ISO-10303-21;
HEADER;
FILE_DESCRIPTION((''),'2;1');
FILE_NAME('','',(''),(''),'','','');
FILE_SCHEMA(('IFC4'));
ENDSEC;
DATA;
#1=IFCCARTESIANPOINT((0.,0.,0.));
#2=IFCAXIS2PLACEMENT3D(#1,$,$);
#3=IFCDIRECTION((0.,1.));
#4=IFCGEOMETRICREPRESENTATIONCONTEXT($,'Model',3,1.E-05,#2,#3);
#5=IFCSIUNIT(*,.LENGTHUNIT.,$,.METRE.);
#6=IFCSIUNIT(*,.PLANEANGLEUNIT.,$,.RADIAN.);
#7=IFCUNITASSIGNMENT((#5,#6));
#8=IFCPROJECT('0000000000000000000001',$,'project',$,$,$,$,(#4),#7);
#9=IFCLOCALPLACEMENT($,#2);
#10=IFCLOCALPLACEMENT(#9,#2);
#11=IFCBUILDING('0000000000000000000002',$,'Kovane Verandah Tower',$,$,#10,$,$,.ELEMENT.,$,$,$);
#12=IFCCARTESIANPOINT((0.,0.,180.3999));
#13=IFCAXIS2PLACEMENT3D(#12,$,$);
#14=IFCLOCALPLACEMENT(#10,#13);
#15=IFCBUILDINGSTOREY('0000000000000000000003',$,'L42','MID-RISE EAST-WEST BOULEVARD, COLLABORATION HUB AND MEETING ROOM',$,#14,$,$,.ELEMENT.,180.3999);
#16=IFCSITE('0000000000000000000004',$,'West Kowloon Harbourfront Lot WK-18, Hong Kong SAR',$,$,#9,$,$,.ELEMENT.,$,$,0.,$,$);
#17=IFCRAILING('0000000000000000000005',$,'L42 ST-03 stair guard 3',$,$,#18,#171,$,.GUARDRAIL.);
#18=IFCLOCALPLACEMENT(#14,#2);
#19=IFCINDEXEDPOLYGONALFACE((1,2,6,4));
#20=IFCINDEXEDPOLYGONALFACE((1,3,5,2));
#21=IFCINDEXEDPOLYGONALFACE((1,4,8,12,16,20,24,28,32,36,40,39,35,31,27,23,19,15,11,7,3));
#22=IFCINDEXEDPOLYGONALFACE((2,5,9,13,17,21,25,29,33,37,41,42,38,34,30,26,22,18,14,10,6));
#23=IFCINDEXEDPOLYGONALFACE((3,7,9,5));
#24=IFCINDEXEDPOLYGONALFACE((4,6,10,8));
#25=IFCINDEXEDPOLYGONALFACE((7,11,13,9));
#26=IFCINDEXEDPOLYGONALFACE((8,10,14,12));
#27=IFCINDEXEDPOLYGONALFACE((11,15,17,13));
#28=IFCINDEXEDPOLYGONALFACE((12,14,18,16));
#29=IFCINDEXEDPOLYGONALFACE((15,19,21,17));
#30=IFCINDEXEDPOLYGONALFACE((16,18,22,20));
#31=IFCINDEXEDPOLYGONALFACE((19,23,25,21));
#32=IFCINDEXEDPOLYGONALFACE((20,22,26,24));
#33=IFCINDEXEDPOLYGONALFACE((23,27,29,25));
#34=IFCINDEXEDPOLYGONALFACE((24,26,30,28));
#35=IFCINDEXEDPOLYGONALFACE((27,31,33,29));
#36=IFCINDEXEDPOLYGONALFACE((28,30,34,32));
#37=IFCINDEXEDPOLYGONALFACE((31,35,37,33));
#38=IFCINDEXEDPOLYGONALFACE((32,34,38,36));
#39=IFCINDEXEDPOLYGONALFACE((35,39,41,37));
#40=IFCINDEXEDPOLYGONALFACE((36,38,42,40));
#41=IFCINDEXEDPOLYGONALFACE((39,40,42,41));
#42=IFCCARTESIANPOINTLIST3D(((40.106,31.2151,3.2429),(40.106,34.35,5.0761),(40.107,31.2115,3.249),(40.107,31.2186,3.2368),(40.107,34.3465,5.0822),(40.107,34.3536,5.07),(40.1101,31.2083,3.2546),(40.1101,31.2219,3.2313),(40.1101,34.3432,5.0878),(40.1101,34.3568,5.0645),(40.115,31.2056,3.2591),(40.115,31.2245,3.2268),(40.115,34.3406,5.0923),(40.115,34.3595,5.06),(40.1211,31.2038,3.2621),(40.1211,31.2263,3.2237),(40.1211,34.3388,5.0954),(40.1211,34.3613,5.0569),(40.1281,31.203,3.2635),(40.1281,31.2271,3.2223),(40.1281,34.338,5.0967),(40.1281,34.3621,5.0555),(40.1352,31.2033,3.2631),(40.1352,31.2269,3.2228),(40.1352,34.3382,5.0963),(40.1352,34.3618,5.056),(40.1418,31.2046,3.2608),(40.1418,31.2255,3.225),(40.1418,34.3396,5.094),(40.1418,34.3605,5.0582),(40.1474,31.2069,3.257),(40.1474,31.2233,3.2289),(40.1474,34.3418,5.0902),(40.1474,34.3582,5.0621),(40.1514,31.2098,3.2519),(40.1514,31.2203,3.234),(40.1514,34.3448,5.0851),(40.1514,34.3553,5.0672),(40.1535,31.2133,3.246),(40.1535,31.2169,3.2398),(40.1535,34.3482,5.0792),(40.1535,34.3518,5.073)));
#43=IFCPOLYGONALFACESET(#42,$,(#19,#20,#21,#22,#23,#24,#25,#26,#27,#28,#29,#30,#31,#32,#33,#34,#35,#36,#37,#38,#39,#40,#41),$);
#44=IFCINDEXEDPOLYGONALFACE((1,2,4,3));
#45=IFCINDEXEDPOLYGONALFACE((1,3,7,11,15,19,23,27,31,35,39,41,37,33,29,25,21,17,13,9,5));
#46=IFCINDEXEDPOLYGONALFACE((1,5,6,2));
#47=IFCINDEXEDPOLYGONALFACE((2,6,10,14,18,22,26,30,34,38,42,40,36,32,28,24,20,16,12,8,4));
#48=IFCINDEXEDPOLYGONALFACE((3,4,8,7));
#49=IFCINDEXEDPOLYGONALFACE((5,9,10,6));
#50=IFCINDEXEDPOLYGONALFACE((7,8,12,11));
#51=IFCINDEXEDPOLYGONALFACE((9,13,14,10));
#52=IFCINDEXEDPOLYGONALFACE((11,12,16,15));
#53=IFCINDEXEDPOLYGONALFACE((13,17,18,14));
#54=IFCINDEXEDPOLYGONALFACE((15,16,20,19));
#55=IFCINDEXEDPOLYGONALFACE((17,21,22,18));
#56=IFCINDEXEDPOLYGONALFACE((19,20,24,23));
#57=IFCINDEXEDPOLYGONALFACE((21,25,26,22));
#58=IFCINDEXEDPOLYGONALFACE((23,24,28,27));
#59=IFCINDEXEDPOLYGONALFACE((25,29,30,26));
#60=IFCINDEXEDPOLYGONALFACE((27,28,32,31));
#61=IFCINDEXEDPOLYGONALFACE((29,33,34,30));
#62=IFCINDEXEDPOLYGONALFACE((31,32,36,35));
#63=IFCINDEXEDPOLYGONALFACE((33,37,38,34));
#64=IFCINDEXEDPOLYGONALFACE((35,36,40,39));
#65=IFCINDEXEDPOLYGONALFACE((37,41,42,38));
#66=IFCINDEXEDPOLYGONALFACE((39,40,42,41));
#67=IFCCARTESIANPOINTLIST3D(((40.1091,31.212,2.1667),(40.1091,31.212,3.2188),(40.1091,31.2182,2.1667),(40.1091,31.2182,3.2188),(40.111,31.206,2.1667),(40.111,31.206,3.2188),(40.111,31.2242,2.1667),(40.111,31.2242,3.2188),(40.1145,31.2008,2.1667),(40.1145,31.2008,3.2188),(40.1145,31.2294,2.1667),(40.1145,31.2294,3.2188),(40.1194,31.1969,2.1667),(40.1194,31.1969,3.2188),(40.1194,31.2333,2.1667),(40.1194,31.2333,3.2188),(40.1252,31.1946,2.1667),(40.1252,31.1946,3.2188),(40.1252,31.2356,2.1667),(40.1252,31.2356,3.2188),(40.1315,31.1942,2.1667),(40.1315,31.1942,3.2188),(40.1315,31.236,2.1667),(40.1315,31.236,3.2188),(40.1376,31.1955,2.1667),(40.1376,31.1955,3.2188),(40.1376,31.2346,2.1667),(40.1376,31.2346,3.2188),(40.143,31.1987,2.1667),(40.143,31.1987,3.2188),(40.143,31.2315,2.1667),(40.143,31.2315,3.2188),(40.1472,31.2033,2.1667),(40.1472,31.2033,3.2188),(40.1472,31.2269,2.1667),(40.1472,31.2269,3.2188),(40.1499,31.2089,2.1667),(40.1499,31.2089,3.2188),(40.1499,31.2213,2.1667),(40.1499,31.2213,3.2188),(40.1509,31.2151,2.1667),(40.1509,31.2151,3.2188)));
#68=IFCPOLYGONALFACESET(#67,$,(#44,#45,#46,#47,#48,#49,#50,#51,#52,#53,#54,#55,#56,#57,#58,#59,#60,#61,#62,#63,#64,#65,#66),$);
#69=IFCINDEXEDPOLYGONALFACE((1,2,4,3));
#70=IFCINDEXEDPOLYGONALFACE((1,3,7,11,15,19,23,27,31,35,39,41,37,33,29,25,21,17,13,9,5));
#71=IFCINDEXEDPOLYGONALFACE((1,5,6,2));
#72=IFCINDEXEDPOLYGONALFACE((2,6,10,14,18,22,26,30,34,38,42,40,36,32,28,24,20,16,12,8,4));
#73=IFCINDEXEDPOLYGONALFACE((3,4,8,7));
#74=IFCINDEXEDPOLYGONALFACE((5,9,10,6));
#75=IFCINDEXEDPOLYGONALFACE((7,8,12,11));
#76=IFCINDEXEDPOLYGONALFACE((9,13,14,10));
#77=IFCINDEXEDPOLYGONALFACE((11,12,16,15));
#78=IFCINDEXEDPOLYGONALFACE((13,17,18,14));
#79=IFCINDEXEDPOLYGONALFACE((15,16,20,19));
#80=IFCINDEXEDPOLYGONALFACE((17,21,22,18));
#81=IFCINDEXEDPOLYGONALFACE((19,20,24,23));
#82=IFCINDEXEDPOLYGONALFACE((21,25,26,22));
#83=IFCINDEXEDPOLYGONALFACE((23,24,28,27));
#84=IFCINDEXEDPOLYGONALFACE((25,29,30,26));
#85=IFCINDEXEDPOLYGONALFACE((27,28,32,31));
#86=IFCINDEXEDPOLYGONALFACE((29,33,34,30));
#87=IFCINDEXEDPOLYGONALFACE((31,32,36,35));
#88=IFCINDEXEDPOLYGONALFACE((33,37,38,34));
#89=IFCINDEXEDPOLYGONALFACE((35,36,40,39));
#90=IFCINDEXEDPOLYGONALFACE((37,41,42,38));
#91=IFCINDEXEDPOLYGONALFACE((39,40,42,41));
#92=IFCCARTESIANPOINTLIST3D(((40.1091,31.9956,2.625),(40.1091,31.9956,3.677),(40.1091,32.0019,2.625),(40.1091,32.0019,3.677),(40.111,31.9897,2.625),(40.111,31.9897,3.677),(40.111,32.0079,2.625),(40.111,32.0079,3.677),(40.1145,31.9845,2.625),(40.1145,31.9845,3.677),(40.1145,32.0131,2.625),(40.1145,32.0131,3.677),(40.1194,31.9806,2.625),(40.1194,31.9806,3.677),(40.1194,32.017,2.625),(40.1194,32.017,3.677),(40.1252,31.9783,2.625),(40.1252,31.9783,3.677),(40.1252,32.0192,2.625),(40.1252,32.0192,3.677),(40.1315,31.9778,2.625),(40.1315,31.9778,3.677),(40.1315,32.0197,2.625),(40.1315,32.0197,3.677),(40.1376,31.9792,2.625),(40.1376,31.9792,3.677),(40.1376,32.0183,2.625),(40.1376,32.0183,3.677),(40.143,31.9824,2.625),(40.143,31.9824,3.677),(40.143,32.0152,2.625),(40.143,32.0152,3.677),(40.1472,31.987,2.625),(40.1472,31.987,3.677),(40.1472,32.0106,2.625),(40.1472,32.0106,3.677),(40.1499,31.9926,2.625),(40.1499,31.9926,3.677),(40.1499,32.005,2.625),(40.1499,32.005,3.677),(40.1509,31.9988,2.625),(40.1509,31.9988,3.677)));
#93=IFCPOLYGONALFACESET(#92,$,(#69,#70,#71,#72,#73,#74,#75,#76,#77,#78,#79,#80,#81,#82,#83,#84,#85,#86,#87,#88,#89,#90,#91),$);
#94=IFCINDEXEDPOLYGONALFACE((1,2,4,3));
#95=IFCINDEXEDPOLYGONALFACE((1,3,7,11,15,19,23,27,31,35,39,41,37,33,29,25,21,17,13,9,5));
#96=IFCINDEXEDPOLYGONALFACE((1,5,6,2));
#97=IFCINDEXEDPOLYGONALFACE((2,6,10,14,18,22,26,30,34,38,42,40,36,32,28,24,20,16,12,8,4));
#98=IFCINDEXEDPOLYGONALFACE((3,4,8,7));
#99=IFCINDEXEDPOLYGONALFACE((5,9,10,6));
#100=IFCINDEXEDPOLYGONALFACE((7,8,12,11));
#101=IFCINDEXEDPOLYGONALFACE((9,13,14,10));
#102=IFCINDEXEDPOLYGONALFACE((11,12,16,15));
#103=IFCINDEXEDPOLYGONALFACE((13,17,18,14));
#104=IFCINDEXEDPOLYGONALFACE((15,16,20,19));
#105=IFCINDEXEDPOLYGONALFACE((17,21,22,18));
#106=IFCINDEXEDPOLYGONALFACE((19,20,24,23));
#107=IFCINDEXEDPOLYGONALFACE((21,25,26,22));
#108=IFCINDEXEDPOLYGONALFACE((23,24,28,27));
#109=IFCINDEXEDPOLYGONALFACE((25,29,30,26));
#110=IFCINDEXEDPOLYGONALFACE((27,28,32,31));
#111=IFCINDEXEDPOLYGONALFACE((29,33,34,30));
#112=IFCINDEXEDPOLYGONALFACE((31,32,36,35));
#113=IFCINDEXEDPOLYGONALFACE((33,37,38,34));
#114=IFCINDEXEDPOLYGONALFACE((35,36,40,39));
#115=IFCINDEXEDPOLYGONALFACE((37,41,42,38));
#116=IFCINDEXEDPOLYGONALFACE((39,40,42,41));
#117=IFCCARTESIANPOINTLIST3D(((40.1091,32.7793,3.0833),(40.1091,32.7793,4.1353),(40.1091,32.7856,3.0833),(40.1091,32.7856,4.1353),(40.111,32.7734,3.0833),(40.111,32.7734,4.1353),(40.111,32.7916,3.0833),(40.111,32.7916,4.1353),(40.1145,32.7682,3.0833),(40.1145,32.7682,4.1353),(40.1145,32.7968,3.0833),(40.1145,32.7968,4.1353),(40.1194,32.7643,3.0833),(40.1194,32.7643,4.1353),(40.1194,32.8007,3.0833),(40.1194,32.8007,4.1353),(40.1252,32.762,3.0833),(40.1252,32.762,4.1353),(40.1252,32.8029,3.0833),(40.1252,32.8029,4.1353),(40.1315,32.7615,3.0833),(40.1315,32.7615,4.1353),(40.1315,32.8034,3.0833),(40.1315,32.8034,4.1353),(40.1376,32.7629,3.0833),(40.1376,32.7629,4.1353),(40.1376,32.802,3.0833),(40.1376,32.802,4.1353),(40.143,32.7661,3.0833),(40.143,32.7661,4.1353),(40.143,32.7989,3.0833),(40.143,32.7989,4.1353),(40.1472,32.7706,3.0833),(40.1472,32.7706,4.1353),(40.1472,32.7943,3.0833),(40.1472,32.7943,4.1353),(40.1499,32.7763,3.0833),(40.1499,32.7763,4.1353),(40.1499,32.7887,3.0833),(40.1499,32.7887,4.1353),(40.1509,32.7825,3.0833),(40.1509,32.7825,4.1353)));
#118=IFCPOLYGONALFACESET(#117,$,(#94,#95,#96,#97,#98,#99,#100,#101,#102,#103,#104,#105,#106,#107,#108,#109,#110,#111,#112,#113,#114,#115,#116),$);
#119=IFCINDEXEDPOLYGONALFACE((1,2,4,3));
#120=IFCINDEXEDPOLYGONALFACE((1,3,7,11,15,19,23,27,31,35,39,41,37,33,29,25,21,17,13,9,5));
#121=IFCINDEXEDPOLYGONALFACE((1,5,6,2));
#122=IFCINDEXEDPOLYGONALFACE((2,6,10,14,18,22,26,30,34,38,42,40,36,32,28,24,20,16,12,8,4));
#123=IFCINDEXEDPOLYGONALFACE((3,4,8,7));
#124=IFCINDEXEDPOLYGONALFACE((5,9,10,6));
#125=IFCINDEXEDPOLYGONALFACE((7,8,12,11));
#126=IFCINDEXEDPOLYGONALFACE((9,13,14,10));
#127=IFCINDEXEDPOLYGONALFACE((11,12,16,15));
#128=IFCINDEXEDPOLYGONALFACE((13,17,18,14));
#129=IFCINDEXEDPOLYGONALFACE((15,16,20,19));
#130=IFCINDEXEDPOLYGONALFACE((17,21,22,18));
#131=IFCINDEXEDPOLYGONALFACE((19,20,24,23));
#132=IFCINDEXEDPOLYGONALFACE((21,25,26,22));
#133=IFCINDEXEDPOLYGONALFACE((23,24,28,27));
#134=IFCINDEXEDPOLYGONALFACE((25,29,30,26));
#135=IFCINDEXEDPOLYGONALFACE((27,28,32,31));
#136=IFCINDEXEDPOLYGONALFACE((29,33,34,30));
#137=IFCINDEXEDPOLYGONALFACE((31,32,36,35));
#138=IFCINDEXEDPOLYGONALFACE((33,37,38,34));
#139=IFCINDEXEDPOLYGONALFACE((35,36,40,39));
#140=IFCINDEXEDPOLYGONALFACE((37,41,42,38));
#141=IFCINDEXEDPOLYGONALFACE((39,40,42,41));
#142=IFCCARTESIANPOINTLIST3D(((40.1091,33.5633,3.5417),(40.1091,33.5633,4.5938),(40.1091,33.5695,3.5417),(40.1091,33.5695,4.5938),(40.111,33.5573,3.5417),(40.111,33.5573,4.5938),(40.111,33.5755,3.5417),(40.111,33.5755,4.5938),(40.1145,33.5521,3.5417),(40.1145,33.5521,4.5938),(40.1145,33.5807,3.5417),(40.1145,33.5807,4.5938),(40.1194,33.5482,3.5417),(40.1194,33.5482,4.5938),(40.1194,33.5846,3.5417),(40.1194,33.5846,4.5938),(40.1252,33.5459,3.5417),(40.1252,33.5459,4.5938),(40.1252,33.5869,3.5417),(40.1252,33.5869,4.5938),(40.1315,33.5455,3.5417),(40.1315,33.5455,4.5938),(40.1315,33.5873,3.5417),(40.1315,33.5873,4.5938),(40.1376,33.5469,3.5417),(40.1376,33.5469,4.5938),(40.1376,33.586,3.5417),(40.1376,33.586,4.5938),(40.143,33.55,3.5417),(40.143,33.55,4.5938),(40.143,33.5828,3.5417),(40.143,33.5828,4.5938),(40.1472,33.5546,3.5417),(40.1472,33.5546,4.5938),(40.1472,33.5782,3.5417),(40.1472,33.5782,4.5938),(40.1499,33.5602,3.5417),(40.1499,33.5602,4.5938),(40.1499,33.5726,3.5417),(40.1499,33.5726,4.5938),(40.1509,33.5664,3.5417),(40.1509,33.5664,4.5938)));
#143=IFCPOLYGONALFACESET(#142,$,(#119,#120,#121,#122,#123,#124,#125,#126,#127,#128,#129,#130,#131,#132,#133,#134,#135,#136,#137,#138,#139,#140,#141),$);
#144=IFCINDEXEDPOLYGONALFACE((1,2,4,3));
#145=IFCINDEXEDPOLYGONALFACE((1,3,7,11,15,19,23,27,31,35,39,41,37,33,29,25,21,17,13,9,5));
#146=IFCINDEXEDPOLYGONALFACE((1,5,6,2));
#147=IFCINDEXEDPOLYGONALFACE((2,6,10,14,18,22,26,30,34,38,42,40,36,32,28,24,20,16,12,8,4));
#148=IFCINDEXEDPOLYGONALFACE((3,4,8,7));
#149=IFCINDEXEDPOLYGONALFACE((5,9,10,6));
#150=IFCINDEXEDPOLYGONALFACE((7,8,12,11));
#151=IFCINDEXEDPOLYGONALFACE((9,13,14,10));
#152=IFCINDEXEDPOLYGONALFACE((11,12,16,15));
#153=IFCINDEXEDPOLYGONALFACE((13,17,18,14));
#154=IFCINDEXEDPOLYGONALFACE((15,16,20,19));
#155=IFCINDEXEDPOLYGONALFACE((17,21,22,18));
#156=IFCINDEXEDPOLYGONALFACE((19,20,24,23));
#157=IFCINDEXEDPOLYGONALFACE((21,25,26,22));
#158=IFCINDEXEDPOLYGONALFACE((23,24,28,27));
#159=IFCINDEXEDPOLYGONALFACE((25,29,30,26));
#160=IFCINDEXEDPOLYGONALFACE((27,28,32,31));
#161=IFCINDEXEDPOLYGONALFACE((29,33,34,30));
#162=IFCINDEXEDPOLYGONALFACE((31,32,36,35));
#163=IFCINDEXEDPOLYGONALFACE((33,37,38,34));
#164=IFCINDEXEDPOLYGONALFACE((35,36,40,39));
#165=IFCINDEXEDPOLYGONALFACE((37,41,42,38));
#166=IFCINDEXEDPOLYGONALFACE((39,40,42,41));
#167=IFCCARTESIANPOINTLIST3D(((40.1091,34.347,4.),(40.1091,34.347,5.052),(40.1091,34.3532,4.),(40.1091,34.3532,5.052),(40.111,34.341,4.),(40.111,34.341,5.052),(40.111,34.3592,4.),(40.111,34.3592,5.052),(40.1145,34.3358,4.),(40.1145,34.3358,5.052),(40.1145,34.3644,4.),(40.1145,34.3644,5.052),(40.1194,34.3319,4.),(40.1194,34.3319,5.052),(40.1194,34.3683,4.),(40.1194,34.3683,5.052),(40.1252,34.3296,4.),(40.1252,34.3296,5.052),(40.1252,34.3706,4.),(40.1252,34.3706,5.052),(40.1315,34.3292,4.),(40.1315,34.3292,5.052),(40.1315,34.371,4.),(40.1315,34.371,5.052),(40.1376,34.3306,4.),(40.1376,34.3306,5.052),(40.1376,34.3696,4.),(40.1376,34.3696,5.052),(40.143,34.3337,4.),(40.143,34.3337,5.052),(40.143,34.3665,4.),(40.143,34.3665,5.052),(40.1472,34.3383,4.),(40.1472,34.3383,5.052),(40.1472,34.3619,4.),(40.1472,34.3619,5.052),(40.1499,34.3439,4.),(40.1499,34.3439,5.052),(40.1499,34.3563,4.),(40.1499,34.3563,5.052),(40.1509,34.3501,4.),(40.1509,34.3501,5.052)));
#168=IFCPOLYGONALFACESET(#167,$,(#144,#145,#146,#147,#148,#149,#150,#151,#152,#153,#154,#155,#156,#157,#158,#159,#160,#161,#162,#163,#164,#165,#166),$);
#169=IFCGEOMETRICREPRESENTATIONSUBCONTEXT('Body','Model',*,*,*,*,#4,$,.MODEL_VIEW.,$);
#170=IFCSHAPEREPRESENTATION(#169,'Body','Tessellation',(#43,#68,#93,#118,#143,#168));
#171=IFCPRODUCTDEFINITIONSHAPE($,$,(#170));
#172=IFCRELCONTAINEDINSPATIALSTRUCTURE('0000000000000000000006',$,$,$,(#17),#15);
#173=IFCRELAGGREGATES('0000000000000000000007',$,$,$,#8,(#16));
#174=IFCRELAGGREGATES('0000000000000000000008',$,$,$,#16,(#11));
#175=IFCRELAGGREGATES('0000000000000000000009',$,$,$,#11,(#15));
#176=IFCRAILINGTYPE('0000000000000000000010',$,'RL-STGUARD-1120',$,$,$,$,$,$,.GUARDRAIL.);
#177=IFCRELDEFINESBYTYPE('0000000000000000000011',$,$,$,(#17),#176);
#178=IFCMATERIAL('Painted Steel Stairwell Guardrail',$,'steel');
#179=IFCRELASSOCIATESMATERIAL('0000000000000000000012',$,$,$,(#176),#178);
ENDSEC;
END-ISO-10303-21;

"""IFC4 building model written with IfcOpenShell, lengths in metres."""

from ifc_helpers import new_model, si_unit, direction, frame, origin, origin_2d, place, context, subcontext, project, spatial, circle, extrude, material, type_object, element, save


model = new_model("IFC4")

# Units and contexts
model_context = context("Model", 3, precision=1e-05, world=origin(), true_north=direction((0.0, 1.0)))
body_context = subcontext(model_context, "Body", "Model", "MODEL_VIEW")
ifc_project = project(units=[si_unit("LENGTHUNIT", "METRE"), si_unit("PLANEANGLEUNIT", "RADIAN")], contexts=[model_context])

# Site, building, storey
site_placement = place(None, origin())
site = spatial("IfcSite", under=ifc_project, at=site_placement, Name="West Kowloon Harbourfront Lot WK-18, Hong Kong SAR", CompositionType="ELEMENT", RefElevation=0.0)
building_placement = place(site_placement, origin())
building = spatial("IfcBuilding", under=site, at=building_placement, Name="Kovane Verandah Tower", CompositionType="ELEMENT")
storey_placement = place(building_placement, frame((0.0, 0.0, 180.3999)))
storey = spatial("IfcBuildingStorey", under=building, at=storey_placement, Name="L42", Description="MID-RISE EAST-WEST BOULEVARD, COLLABORATION HUB AND MEETING ROOM", CompositionType="ELEMENT", Elevation=180.3999)

# Railing
ifc_material_1 = material(Name="Painted Steel Stairwell Guardrail", Category="steel")
railing_type_1 = type_object("IfcRailingType", Name="RL-STGUARD-1120", PredefinedType="GUARDRAIL", material=ifc_material_1)
railing_1_placement = place(storey_placement, frame((40.1299, 31.2151, 2.1667)))
element("IfcRailing", 1, at=railing_1_placement, inside=storey, type_object=railing_type_1, Name="L42 ST-03 stair guard 3", PredefinedType="GUARDRAIL", context=body_context, shape_type="SweptSolid", body=[
    extrude(circle(Radius=0.0239, at=origin_2d()), frame((0.0, 0.0, 1.0762), z_axis=(0.0, 0.86324, 0.504794), x_axis=(-1.0, 0.0, 0.0)), (0.0, 0.0, 1.0), 3.6316),
    extrude(circle(Radius=0.021, at=origin_2d()), origin(), (0.0, 0.0, 1.0), 1.052),
    extrude(circle(Radius=0.021, at=origin_2d()), frame((0.0, 0.7837, 0.4583)), (0.0, 0.0, 1.0), 1.052),
    extrude(circle(Radius=0.021, at=origin_2d()), frame((0.0, 1.5674, 0.9165)), (0.0, 0.0, 1.0), 1.052),
    extrude(circle(Radius=0.021, at=origin_2d()), frame((0.0, 2.3513, 1.375)), (0.0, 0.0, 1.0), 1.052),
    extrude(circle(Radius=0.021, at=origin_2d()), frame((0.0, 3.135, 1.8333)), (0.0, 0.0, 1.0), 1.052),
])

save(model, "model.ifc")
